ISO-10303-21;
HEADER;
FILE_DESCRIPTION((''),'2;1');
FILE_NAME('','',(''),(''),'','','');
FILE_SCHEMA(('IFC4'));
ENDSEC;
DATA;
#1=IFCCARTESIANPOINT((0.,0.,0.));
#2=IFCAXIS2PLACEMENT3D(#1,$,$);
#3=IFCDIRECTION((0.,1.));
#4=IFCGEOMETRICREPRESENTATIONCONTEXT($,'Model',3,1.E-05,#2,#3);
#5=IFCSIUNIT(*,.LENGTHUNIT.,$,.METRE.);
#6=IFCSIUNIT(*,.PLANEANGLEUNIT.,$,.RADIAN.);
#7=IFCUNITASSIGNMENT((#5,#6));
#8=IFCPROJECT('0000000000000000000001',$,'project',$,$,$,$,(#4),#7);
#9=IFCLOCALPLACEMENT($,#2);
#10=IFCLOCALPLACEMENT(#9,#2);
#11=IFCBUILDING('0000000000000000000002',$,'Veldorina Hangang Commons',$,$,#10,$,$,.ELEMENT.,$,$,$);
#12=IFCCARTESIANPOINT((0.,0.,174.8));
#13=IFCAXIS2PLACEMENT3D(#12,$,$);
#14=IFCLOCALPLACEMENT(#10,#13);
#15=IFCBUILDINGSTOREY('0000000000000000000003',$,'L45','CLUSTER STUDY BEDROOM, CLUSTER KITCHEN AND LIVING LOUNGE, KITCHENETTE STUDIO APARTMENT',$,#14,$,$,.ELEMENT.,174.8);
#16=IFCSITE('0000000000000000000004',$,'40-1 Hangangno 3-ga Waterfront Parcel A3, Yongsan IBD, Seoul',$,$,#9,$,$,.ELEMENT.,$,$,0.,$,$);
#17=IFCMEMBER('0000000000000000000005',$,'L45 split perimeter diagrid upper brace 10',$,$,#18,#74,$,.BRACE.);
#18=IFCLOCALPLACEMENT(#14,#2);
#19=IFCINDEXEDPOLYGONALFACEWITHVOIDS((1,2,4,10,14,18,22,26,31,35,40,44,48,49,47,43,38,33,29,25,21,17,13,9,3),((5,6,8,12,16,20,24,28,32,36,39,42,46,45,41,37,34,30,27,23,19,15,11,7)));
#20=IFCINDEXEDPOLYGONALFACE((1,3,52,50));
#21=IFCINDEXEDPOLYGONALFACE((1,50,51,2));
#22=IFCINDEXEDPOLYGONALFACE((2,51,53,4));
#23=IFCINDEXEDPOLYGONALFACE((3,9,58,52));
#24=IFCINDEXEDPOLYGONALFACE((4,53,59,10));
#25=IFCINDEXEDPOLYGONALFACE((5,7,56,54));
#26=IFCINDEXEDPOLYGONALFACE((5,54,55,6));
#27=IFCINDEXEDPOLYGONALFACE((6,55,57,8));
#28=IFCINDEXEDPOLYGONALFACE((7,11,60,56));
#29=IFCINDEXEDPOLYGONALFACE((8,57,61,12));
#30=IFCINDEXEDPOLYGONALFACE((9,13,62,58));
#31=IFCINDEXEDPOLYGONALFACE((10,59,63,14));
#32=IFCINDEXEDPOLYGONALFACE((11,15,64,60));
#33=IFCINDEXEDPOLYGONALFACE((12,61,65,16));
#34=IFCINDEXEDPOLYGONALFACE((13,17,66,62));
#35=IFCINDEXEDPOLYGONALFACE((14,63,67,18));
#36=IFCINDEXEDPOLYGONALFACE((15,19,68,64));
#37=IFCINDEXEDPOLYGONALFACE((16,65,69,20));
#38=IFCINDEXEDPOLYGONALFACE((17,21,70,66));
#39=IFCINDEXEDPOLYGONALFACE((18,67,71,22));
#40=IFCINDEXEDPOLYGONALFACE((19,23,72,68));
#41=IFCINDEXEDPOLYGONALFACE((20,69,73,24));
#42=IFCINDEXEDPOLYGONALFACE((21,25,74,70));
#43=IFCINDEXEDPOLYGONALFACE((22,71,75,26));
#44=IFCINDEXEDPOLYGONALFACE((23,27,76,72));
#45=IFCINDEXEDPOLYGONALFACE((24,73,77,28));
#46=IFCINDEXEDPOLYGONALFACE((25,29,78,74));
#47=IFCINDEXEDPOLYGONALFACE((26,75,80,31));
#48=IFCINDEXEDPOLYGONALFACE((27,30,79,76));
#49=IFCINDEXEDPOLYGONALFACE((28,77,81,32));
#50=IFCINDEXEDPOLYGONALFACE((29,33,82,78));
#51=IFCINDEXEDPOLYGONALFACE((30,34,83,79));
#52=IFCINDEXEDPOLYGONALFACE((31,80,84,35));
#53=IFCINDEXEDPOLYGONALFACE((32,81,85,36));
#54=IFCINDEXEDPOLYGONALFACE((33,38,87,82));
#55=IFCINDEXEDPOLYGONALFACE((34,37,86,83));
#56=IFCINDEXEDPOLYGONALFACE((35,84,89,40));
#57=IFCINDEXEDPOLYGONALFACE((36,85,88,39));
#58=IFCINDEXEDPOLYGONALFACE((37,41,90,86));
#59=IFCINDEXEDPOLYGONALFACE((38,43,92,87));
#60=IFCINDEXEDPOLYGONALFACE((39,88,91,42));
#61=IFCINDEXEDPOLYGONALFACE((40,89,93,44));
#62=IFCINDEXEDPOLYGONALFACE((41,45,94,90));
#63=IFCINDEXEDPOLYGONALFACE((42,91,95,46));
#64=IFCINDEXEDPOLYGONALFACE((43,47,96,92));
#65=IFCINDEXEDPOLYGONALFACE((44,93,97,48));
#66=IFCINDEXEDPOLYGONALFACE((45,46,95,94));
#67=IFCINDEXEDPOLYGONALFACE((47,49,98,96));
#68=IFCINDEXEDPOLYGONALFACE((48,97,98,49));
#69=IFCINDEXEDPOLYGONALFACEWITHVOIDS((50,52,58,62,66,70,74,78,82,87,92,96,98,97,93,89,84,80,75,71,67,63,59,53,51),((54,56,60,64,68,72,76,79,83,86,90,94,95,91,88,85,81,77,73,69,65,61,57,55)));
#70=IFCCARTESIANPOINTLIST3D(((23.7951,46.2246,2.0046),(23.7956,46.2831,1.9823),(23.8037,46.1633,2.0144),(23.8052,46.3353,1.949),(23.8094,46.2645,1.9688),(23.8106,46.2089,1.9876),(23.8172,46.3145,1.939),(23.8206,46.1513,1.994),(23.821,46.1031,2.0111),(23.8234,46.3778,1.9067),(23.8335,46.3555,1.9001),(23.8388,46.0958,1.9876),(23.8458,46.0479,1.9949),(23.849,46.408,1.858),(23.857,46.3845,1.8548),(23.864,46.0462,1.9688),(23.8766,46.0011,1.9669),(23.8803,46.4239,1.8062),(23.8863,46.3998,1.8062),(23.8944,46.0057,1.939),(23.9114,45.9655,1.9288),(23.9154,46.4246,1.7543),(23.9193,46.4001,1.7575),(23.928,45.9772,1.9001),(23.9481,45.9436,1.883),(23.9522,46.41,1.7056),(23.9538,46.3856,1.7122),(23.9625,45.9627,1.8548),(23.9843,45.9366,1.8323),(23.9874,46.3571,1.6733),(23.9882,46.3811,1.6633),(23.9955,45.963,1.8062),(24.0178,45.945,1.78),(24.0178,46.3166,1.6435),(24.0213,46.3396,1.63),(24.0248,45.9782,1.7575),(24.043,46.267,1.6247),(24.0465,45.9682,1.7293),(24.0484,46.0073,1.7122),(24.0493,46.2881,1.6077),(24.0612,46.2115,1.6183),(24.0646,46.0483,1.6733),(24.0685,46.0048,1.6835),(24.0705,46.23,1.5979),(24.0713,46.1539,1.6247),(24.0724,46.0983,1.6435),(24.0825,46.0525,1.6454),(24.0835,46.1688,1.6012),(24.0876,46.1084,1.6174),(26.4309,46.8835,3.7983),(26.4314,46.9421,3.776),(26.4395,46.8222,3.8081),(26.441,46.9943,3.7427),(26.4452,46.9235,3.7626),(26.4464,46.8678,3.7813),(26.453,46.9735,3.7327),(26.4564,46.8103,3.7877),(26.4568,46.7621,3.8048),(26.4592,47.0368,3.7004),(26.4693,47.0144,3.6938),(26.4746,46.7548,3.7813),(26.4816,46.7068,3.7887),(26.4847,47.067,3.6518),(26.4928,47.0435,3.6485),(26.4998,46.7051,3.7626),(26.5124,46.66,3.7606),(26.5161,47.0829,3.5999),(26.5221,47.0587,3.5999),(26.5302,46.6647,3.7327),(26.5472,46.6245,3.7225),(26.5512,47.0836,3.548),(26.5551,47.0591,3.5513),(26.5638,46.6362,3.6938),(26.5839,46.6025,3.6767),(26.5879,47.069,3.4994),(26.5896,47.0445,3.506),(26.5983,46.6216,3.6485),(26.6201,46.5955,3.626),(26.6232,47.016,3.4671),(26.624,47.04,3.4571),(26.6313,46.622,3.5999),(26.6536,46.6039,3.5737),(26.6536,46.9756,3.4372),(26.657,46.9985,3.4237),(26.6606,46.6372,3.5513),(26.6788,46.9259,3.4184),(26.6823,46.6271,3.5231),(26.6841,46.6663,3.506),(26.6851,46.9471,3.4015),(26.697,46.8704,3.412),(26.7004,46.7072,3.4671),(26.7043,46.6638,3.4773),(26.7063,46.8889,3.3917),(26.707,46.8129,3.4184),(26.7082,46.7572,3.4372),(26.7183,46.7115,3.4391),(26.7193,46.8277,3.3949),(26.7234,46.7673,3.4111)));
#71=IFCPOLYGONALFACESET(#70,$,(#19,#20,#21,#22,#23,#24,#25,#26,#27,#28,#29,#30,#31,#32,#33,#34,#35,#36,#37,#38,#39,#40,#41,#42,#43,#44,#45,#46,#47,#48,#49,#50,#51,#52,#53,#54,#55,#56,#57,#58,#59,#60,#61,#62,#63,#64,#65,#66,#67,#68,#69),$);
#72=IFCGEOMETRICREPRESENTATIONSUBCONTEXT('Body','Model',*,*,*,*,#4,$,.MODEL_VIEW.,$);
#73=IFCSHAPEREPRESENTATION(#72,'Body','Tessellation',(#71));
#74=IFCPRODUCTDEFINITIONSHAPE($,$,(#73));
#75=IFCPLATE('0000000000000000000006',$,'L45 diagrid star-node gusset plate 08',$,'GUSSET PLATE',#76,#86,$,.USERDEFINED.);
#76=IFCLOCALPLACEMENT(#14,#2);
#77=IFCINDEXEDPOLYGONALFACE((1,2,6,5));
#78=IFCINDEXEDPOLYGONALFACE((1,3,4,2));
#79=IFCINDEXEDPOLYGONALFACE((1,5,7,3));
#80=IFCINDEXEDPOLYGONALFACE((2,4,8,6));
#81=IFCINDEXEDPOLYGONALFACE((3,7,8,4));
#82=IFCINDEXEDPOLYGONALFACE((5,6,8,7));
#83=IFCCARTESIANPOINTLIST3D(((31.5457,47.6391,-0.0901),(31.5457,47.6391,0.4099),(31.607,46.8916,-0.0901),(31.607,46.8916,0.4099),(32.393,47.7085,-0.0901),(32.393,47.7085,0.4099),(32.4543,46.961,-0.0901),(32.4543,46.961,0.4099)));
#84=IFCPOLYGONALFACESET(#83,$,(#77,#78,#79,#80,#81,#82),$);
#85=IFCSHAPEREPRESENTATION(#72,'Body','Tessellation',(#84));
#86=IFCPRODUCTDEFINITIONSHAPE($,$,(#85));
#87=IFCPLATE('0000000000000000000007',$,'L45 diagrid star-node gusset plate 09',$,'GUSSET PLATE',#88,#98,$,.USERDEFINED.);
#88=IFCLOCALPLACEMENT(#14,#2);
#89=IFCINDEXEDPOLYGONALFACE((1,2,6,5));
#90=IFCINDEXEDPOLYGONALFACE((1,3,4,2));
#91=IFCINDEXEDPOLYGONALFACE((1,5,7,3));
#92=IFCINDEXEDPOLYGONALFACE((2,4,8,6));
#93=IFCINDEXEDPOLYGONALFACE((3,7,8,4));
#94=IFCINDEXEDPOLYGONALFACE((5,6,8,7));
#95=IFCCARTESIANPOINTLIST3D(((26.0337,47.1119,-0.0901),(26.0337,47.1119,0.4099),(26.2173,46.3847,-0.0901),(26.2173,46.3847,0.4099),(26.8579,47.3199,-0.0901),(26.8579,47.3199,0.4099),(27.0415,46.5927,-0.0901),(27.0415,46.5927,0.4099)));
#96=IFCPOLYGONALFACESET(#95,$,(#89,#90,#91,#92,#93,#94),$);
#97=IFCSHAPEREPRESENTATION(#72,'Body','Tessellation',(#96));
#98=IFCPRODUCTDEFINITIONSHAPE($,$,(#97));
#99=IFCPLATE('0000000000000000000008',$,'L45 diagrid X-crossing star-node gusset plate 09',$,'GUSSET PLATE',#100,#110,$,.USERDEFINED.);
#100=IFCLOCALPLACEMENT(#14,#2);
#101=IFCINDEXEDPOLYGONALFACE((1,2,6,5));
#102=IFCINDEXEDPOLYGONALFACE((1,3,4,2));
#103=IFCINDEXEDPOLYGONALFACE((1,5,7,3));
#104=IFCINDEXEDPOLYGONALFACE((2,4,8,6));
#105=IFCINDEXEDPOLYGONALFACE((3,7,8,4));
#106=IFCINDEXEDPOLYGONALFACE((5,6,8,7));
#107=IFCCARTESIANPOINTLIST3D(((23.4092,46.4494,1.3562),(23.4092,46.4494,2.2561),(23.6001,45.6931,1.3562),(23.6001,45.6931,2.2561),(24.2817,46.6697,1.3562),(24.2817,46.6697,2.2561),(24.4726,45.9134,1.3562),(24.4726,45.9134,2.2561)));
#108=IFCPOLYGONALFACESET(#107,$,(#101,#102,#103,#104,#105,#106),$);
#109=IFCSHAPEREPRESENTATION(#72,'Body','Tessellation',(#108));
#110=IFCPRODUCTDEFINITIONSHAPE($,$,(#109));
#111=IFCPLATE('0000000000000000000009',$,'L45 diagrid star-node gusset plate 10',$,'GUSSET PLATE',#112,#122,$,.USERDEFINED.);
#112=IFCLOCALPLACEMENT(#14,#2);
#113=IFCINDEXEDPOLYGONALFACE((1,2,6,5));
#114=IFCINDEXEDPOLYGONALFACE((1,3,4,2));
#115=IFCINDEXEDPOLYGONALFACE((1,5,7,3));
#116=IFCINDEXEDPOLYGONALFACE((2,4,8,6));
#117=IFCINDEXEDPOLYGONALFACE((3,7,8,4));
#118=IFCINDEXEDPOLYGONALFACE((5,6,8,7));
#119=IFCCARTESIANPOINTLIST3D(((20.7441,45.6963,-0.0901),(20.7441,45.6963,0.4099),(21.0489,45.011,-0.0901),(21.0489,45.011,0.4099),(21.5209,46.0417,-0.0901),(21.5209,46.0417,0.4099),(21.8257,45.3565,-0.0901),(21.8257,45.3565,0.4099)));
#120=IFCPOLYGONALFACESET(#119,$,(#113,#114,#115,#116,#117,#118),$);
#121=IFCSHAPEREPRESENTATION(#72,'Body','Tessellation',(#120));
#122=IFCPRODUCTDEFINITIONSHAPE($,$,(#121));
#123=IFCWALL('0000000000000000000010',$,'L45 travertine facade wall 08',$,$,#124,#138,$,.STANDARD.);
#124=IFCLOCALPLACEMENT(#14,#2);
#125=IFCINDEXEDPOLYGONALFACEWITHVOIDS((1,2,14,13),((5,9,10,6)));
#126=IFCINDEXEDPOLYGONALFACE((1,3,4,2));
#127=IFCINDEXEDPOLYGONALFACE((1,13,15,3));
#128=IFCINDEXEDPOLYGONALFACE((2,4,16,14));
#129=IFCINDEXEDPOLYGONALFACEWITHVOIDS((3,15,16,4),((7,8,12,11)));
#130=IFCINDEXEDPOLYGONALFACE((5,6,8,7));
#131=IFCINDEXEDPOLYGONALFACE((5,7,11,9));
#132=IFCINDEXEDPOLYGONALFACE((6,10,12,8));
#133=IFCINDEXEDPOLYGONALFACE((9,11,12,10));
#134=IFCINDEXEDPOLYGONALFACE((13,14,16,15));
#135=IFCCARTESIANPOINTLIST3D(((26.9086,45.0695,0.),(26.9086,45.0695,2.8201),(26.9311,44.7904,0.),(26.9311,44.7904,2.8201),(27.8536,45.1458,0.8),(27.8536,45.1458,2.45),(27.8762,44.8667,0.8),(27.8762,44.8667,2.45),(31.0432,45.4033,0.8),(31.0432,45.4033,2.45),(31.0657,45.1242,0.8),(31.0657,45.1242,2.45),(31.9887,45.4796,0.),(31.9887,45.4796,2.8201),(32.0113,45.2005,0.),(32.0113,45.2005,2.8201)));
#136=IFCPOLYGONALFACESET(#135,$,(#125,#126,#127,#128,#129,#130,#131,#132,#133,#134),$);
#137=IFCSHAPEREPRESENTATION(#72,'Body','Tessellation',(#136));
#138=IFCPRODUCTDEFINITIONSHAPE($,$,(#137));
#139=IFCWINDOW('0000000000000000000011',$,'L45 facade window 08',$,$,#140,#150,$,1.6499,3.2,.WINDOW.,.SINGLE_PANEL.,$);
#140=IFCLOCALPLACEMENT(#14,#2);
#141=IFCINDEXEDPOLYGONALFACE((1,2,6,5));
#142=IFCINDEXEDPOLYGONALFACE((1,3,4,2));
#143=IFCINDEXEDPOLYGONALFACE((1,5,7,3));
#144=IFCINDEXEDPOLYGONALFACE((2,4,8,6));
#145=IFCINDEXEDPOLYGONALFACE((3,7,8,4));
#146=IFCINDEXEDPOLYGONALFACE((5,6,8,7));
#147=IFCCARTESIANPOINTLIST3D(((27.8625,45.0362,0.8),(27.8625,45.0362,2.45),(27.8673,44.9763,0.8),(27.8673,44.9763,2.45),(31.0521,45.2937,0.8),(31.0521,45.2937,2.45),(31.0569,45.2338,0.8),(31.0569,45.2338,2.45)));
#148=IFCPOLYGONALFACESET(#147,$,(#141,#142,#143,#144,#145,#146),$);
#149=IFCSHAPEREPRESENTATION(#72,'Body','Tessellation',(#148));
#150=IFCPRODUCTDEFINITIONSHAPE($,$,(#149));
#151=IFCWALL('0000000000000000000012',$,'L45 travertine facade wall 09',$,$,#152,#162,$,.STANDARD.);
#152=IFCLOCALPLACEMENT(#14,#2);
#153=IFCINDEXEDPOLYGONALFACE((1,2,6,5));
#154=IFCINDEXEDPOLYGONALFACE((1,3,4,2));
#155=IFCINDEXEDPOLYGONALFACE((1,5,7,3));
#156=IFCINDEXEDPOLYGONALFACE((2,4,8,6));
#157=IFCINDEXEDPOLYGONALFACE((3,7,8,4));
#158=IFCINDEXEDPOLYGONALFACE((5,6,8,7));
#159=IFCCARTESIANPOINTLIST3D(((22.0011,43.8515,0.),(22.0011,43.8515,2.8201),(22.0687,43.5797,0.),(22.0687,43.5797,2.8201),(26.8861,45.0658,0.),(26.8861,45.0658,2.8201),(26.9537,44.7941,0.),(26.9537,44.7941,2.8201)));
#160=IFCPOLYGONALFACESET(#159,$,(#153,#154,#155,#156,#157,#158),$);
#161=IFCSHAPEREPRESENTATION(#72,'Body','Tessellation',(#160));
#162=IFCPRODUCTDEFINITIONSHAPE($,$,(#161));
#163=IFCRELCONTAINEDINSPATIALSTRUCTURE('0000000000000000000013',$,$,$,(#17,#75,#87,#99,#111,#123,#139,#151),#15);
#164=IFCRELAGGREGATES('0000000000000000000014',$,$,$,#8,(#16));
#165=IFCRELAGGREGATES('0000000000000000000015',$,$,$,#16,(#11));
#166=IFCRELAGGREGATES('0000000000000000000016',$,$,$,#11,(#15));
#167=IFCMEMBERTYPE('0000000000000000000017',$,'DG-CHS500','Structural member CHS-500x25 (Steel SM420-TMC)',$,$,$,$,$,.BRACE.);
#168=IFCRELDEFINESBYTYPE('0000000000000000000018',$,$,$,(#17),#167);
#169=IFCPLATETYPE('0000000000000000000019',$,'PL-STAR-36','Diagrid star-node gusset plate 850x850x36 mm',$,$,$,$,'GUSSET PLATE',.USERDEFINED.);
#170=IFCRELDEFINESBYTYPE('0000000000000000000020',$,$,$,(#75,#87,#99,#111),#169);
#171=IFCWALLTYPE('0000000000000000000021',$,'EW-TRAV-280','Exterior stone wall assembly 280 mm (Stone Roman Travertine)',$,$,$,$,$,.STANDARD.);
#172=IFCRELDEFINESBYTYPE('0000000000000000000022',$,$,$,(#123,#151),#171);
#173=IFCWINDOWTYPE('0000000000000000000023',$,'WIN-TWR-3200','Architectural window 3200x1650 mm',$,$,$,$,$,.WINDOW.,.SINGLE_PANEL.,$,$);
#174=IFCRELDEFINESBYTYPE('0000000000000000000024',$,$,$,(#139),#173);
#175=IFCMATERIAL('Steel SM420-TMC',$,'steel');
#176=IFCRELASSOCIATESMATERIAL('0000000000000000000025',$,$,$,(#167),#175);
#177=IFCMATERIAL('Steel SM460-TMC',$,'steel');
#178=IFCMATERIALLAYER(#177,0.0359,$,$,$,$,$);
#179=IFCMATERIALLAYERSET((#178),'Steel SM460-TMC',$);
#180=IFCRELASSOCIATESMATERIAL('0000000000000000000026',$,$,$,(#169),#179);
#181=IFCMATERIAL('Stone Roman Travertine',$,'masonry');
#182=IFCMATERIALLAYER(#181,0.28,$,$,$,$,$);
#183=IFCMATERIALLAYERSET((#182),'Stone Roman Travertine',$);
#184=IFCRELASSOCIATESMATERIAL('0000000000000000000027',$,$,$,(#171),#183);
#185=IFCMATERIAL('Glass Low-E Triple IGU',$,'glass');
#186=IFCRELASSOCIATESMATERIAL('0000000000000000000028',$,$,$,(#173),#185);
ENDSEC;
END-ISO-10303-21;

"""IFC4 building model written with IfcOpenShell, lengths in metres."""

from ifc_helpers import new_model, si_unit, direction, frame, frame_2d, origin, origin_2d, place, context, subcontext, project, spatial, rectangle, hollow_circle, extrude, material, layer, layer_set, material_profile, profile_set, type_object, element, fill, save


model = new_model("IFC4")

# Units and contexts
model_context = context("Model", 3, precision=1e-05, world=origin(), true_north=direction((0.0, 1.0)))
body_context = subcontext(model_context, "Body", "Model", "MODEL_VIEW")
ifc_project = project(units=[si_unit("LENGTHUNIT", "METRE"), si_unit("PLANEANGLEUNIT", "RADIAN")], contexts=[model_context])

# Site, building, storey
site_placement = place(None, origin())
site = spatial("IfcSite", under=ifc_project, at=site_placement, Name="40-1 Hangangno 3-ga Waterfront Parcel A3, Yongsan IBD, Seoul", CompositionType="ELEMENT", RefElevation=0.0)
building_placement = place(site_placement, origin())
building = spatial("IfcBuilding", under=site, at=building_placement, Name="Veldorina Hangang Commons", CompositionType="ELEMENT")
storey_placement = place(building_placement, frame((0.0, 0.0, 174.8)))
storey = spatial("IfcBuildingStorey", under=building, at=storey_placement, Name="L45", Description="CLUSTER STUDY BEDROOM, CLUSTER KITCHEN AND LIVING LOUNGE, KITCHENETTE STUDIO APARTMENT", CompositionType="ELEMENT", Elevation=174.8)

# Shared definitions
ifc_material_1 = material(Name="Steel SM420-TMC", Category="steel")

# Member
ifc_material_profile_1 = material_profile(ifc_material_1, hollow_circle(Radius=0.25, WallThickness=0.0249, at=origin_2d()), Name="CHS-500x25")
ifc_profile_set_1 = profile_set([ifc_material_profile_1], Name="Steel SM420-TMC")
member_type = type_object("IfcMemberType", Name="DG-CHS500", Description="Structural member CHS-500x25 (Steel SM420-TMC)", PredefinedType="BRACE", material=ifc_profile_set_1)
member_1_placement = place(storey_placement, frame((23.9409, 46.1814, 1.8062), z_axis=(0.809612, 0.202403, 0.550965), x_axis=(-0.242536, 0.970143, 0.0)))
element("IfcMember", 1, at=member_1_placement, inside=storey, type_object=member_type, Name="L45 split perimeter diagrid upper brace 10", PredefinedType="BRACE", context=body_context, shape_type="SweptSolid", body=[
    extrude(hollow_circle(Radius=0.25, WallThickness=0.0249, at=origin_2d()), origin(), (0.0, 0.0, 1.0), 3.2556),
])

# Plates
ifc_material_2 = material(Name="Steel SM460-TMC", Category="steel")
ifc_layer_1 = layer(ifc_material_2, 0.0359)
ifc_layer_set_1 = layer_set([ifc_layer_1], Name="Steel SM460-TMC")
plate_type = type_object("IfcPlateType", Name="PL-STAR-36", Description="Diagrid star-node gusset plate 850x850x36 mm", ElementType="GUSSET PLATE", PredefinedType="USERDEFINED", material=ifc_layer_set_1)
for number, where, z_axis, x_axis, name in (
    (2, (32.0, 47.3, -0.0901), (0.0, 0.0, 1.0), (-0.996659, -0.081678, 0.0), "L45 diagrid star-node gusset plate 08"),
    (3, (26.5376, 46.8523, -0.0901), (0.0, 0.0, 1.0), (-0.969586, -0.244749, 0.0), "L45 diagrid star-node gusset plate 09"),
):
    element("IfcPlate", number, at=place(storey_placement, frame(where, z_axis=z_axis, x_axis=x_axis)), inside=storey, type_object=plate_type, Name=name, ObjectType="GUSSET PLATE", PredefinedType="USERDEFINED", context=body_context, shape_type="SweptSolid", body=[
        extrude(rectangle(XDim=0.8501, YDim=0.75, at=origin_2d()), origin(), (0.0, 0.0, 1.0), 0.5),
    ])
plate_1_placement = place(storey_placement, frame((23.9409, 46.1814, 1.3562), z_axis=(0.0, 0.0, 1.0), x_axis=(-0.969586, -0.244749, 0.0)))
element("IfcPlate", 4, at=plate_1_placement, inside=storey, type_object=plate_type, Name="L45 diagrid X-crossing star-node gusset plate 09", ObjectType="GUSSET PLATE", PredefinedType="USERDEFINED", context=body_context, shape_type="SweptSolid", body=[
    extrude(rectangle(XDim=0.8999, YDim=0.78, at=origin_2d()), origin(), (0.0, 0.0, 1.0), 0.8999),
])
plate_2_placement = place(storey_placement, frame((21.2849, 45.5264, -0.0901), z_axis=(0.0, 0.0, 1.0), x_axis=(-0.913694, -0.406402, 0.0)))
element("IfcPlate", 5, at=plate_2_placement, inside=storey, type_object=plate_type, Name="L45 diagrid star-node gusset plate 10", ObjectType="GUSSET PLATE", PredefinedType="USERDEFINED", context=body_context, shape_type="SweptSolid", body=[
    extrude(rectangle(XDim=0.8501, YDim=0.75, at=origin_2d()), origin(), (0.0, 0.0, 1.0), 0.5),
])

# Wall, opening, window
ifc_material_3 = material(Name="Stone Roman Travertine", Category="masonry")
ifc_layer_2 = layer(ifc_material_3, 0.28)
ifc_layer_set_2 = layer_set([ifc_layer_2], Name="Stone Roman Travertine")
wall_type_1 = type_object("IfcWallType", Name="EW-TRAV-280", Description="Exterior stone wall assembly 280 mm (Stone Roman Travertine)", PredefinedType="STANDARD", material=ifc_layer_set_2)
wall_1_placement = place(storey_placement, frame((32.0, 45.3401, 0.0), z_axis=(0.0, 0.0, 1.0), x_axis=(-0.996757, -0.080476, 0.0)))
wall_1 = element("IfcWall", 6, at=wall_1_placement, inside=storey, type_object=wall_type_1, Name="L45 travertine facade wall 08", PredefinedType="STANDARD", context=body_context, shape_type="SweptSolid", body=[
    extrude(rectangle(XDim=5.0967, YDim=0.28, at=frame_2d((2.5483, 0.0))), origin(), (0.0, 0.0, 1.0), 2.8201),
])
opening_1_placement = place(wall_1_placement, frame((0.9485, 0.0, 0.8)))
opening_1 = element("IfcOpeningElement", 7, at=opening_1_placement, cuts=wall_1, PredefinedType="OPENING", context=body_context, shape_type="SweptSolid", body=[
    extrude(rectangle(XDim=3.2, YDim=1.6499, at=frame_2d((1.6001, 0.825))), frame((0.0, 0.1499, 0.0), z_axis=(0.0, -1.0, 0.0), x_axis=(1.0, 0.0, 0.0)), (0.0, 0.0, 1.0), 0.3),
])
ifc_material_4 = material(Name="Glass Low-E Triple IGU", Category="glass")
window_type = type_object("IfcWindowType", Name="WIN-TWR-3200", Description="Architectural window 3200x1650 mm", PartitioningType="SINGLE_PANEL", PredefinedType="WINDOW", material=ifc_material_4)
window_1_placement = place(opening_1_placement, origin())
window_1 = element("IfcWindow", 8, at=window_1_placement, inside=storey, type_object=window_type, Name="L45 facade window 08", OverallHeight=1.6499, OverallWidth=3.2, PartitioningType="SINGLE_PANEL", PredefinedType="WINDOW", context=body_context, shape_type="SweptSolid", body=[
    extrude(rectangle(XDim=3.2, YDim=1.6499, at=frame_2d((1.6001, 0.825))), frame((0.0, 0.03, 0.0), z_axis=(0.0, -1.0, 0.0), x_axis=(1.0, 0.0, 0.0)), (0.0, 0.0, 1.0), 0.0601),
])
fill(opening_1, window_1)

# Wall
wall_2_placement = place(storey_placement, frame((26.9199, 44.9299, 0.0), z_axis=(0.0, 0.0, 1.0), x_axis=(-0.970464, -0.241246, 0.0)))
element("IfcWall", 9, at=wall_2_placement, inside=storey, type_object=wall_type_1, Name="L45 travertine facade wall 09", PredefinedType="STANDARD", context=body_context, shape_type="SweptSolid", body=[
    extrude(rectangle(XDim=5.0337, YDim=0.28, at=frame_2d((2.5168, 0.0))), origin(), (0.0, 0.0, 1.0), 2.8201),
])

save(model, "model.ifc")
